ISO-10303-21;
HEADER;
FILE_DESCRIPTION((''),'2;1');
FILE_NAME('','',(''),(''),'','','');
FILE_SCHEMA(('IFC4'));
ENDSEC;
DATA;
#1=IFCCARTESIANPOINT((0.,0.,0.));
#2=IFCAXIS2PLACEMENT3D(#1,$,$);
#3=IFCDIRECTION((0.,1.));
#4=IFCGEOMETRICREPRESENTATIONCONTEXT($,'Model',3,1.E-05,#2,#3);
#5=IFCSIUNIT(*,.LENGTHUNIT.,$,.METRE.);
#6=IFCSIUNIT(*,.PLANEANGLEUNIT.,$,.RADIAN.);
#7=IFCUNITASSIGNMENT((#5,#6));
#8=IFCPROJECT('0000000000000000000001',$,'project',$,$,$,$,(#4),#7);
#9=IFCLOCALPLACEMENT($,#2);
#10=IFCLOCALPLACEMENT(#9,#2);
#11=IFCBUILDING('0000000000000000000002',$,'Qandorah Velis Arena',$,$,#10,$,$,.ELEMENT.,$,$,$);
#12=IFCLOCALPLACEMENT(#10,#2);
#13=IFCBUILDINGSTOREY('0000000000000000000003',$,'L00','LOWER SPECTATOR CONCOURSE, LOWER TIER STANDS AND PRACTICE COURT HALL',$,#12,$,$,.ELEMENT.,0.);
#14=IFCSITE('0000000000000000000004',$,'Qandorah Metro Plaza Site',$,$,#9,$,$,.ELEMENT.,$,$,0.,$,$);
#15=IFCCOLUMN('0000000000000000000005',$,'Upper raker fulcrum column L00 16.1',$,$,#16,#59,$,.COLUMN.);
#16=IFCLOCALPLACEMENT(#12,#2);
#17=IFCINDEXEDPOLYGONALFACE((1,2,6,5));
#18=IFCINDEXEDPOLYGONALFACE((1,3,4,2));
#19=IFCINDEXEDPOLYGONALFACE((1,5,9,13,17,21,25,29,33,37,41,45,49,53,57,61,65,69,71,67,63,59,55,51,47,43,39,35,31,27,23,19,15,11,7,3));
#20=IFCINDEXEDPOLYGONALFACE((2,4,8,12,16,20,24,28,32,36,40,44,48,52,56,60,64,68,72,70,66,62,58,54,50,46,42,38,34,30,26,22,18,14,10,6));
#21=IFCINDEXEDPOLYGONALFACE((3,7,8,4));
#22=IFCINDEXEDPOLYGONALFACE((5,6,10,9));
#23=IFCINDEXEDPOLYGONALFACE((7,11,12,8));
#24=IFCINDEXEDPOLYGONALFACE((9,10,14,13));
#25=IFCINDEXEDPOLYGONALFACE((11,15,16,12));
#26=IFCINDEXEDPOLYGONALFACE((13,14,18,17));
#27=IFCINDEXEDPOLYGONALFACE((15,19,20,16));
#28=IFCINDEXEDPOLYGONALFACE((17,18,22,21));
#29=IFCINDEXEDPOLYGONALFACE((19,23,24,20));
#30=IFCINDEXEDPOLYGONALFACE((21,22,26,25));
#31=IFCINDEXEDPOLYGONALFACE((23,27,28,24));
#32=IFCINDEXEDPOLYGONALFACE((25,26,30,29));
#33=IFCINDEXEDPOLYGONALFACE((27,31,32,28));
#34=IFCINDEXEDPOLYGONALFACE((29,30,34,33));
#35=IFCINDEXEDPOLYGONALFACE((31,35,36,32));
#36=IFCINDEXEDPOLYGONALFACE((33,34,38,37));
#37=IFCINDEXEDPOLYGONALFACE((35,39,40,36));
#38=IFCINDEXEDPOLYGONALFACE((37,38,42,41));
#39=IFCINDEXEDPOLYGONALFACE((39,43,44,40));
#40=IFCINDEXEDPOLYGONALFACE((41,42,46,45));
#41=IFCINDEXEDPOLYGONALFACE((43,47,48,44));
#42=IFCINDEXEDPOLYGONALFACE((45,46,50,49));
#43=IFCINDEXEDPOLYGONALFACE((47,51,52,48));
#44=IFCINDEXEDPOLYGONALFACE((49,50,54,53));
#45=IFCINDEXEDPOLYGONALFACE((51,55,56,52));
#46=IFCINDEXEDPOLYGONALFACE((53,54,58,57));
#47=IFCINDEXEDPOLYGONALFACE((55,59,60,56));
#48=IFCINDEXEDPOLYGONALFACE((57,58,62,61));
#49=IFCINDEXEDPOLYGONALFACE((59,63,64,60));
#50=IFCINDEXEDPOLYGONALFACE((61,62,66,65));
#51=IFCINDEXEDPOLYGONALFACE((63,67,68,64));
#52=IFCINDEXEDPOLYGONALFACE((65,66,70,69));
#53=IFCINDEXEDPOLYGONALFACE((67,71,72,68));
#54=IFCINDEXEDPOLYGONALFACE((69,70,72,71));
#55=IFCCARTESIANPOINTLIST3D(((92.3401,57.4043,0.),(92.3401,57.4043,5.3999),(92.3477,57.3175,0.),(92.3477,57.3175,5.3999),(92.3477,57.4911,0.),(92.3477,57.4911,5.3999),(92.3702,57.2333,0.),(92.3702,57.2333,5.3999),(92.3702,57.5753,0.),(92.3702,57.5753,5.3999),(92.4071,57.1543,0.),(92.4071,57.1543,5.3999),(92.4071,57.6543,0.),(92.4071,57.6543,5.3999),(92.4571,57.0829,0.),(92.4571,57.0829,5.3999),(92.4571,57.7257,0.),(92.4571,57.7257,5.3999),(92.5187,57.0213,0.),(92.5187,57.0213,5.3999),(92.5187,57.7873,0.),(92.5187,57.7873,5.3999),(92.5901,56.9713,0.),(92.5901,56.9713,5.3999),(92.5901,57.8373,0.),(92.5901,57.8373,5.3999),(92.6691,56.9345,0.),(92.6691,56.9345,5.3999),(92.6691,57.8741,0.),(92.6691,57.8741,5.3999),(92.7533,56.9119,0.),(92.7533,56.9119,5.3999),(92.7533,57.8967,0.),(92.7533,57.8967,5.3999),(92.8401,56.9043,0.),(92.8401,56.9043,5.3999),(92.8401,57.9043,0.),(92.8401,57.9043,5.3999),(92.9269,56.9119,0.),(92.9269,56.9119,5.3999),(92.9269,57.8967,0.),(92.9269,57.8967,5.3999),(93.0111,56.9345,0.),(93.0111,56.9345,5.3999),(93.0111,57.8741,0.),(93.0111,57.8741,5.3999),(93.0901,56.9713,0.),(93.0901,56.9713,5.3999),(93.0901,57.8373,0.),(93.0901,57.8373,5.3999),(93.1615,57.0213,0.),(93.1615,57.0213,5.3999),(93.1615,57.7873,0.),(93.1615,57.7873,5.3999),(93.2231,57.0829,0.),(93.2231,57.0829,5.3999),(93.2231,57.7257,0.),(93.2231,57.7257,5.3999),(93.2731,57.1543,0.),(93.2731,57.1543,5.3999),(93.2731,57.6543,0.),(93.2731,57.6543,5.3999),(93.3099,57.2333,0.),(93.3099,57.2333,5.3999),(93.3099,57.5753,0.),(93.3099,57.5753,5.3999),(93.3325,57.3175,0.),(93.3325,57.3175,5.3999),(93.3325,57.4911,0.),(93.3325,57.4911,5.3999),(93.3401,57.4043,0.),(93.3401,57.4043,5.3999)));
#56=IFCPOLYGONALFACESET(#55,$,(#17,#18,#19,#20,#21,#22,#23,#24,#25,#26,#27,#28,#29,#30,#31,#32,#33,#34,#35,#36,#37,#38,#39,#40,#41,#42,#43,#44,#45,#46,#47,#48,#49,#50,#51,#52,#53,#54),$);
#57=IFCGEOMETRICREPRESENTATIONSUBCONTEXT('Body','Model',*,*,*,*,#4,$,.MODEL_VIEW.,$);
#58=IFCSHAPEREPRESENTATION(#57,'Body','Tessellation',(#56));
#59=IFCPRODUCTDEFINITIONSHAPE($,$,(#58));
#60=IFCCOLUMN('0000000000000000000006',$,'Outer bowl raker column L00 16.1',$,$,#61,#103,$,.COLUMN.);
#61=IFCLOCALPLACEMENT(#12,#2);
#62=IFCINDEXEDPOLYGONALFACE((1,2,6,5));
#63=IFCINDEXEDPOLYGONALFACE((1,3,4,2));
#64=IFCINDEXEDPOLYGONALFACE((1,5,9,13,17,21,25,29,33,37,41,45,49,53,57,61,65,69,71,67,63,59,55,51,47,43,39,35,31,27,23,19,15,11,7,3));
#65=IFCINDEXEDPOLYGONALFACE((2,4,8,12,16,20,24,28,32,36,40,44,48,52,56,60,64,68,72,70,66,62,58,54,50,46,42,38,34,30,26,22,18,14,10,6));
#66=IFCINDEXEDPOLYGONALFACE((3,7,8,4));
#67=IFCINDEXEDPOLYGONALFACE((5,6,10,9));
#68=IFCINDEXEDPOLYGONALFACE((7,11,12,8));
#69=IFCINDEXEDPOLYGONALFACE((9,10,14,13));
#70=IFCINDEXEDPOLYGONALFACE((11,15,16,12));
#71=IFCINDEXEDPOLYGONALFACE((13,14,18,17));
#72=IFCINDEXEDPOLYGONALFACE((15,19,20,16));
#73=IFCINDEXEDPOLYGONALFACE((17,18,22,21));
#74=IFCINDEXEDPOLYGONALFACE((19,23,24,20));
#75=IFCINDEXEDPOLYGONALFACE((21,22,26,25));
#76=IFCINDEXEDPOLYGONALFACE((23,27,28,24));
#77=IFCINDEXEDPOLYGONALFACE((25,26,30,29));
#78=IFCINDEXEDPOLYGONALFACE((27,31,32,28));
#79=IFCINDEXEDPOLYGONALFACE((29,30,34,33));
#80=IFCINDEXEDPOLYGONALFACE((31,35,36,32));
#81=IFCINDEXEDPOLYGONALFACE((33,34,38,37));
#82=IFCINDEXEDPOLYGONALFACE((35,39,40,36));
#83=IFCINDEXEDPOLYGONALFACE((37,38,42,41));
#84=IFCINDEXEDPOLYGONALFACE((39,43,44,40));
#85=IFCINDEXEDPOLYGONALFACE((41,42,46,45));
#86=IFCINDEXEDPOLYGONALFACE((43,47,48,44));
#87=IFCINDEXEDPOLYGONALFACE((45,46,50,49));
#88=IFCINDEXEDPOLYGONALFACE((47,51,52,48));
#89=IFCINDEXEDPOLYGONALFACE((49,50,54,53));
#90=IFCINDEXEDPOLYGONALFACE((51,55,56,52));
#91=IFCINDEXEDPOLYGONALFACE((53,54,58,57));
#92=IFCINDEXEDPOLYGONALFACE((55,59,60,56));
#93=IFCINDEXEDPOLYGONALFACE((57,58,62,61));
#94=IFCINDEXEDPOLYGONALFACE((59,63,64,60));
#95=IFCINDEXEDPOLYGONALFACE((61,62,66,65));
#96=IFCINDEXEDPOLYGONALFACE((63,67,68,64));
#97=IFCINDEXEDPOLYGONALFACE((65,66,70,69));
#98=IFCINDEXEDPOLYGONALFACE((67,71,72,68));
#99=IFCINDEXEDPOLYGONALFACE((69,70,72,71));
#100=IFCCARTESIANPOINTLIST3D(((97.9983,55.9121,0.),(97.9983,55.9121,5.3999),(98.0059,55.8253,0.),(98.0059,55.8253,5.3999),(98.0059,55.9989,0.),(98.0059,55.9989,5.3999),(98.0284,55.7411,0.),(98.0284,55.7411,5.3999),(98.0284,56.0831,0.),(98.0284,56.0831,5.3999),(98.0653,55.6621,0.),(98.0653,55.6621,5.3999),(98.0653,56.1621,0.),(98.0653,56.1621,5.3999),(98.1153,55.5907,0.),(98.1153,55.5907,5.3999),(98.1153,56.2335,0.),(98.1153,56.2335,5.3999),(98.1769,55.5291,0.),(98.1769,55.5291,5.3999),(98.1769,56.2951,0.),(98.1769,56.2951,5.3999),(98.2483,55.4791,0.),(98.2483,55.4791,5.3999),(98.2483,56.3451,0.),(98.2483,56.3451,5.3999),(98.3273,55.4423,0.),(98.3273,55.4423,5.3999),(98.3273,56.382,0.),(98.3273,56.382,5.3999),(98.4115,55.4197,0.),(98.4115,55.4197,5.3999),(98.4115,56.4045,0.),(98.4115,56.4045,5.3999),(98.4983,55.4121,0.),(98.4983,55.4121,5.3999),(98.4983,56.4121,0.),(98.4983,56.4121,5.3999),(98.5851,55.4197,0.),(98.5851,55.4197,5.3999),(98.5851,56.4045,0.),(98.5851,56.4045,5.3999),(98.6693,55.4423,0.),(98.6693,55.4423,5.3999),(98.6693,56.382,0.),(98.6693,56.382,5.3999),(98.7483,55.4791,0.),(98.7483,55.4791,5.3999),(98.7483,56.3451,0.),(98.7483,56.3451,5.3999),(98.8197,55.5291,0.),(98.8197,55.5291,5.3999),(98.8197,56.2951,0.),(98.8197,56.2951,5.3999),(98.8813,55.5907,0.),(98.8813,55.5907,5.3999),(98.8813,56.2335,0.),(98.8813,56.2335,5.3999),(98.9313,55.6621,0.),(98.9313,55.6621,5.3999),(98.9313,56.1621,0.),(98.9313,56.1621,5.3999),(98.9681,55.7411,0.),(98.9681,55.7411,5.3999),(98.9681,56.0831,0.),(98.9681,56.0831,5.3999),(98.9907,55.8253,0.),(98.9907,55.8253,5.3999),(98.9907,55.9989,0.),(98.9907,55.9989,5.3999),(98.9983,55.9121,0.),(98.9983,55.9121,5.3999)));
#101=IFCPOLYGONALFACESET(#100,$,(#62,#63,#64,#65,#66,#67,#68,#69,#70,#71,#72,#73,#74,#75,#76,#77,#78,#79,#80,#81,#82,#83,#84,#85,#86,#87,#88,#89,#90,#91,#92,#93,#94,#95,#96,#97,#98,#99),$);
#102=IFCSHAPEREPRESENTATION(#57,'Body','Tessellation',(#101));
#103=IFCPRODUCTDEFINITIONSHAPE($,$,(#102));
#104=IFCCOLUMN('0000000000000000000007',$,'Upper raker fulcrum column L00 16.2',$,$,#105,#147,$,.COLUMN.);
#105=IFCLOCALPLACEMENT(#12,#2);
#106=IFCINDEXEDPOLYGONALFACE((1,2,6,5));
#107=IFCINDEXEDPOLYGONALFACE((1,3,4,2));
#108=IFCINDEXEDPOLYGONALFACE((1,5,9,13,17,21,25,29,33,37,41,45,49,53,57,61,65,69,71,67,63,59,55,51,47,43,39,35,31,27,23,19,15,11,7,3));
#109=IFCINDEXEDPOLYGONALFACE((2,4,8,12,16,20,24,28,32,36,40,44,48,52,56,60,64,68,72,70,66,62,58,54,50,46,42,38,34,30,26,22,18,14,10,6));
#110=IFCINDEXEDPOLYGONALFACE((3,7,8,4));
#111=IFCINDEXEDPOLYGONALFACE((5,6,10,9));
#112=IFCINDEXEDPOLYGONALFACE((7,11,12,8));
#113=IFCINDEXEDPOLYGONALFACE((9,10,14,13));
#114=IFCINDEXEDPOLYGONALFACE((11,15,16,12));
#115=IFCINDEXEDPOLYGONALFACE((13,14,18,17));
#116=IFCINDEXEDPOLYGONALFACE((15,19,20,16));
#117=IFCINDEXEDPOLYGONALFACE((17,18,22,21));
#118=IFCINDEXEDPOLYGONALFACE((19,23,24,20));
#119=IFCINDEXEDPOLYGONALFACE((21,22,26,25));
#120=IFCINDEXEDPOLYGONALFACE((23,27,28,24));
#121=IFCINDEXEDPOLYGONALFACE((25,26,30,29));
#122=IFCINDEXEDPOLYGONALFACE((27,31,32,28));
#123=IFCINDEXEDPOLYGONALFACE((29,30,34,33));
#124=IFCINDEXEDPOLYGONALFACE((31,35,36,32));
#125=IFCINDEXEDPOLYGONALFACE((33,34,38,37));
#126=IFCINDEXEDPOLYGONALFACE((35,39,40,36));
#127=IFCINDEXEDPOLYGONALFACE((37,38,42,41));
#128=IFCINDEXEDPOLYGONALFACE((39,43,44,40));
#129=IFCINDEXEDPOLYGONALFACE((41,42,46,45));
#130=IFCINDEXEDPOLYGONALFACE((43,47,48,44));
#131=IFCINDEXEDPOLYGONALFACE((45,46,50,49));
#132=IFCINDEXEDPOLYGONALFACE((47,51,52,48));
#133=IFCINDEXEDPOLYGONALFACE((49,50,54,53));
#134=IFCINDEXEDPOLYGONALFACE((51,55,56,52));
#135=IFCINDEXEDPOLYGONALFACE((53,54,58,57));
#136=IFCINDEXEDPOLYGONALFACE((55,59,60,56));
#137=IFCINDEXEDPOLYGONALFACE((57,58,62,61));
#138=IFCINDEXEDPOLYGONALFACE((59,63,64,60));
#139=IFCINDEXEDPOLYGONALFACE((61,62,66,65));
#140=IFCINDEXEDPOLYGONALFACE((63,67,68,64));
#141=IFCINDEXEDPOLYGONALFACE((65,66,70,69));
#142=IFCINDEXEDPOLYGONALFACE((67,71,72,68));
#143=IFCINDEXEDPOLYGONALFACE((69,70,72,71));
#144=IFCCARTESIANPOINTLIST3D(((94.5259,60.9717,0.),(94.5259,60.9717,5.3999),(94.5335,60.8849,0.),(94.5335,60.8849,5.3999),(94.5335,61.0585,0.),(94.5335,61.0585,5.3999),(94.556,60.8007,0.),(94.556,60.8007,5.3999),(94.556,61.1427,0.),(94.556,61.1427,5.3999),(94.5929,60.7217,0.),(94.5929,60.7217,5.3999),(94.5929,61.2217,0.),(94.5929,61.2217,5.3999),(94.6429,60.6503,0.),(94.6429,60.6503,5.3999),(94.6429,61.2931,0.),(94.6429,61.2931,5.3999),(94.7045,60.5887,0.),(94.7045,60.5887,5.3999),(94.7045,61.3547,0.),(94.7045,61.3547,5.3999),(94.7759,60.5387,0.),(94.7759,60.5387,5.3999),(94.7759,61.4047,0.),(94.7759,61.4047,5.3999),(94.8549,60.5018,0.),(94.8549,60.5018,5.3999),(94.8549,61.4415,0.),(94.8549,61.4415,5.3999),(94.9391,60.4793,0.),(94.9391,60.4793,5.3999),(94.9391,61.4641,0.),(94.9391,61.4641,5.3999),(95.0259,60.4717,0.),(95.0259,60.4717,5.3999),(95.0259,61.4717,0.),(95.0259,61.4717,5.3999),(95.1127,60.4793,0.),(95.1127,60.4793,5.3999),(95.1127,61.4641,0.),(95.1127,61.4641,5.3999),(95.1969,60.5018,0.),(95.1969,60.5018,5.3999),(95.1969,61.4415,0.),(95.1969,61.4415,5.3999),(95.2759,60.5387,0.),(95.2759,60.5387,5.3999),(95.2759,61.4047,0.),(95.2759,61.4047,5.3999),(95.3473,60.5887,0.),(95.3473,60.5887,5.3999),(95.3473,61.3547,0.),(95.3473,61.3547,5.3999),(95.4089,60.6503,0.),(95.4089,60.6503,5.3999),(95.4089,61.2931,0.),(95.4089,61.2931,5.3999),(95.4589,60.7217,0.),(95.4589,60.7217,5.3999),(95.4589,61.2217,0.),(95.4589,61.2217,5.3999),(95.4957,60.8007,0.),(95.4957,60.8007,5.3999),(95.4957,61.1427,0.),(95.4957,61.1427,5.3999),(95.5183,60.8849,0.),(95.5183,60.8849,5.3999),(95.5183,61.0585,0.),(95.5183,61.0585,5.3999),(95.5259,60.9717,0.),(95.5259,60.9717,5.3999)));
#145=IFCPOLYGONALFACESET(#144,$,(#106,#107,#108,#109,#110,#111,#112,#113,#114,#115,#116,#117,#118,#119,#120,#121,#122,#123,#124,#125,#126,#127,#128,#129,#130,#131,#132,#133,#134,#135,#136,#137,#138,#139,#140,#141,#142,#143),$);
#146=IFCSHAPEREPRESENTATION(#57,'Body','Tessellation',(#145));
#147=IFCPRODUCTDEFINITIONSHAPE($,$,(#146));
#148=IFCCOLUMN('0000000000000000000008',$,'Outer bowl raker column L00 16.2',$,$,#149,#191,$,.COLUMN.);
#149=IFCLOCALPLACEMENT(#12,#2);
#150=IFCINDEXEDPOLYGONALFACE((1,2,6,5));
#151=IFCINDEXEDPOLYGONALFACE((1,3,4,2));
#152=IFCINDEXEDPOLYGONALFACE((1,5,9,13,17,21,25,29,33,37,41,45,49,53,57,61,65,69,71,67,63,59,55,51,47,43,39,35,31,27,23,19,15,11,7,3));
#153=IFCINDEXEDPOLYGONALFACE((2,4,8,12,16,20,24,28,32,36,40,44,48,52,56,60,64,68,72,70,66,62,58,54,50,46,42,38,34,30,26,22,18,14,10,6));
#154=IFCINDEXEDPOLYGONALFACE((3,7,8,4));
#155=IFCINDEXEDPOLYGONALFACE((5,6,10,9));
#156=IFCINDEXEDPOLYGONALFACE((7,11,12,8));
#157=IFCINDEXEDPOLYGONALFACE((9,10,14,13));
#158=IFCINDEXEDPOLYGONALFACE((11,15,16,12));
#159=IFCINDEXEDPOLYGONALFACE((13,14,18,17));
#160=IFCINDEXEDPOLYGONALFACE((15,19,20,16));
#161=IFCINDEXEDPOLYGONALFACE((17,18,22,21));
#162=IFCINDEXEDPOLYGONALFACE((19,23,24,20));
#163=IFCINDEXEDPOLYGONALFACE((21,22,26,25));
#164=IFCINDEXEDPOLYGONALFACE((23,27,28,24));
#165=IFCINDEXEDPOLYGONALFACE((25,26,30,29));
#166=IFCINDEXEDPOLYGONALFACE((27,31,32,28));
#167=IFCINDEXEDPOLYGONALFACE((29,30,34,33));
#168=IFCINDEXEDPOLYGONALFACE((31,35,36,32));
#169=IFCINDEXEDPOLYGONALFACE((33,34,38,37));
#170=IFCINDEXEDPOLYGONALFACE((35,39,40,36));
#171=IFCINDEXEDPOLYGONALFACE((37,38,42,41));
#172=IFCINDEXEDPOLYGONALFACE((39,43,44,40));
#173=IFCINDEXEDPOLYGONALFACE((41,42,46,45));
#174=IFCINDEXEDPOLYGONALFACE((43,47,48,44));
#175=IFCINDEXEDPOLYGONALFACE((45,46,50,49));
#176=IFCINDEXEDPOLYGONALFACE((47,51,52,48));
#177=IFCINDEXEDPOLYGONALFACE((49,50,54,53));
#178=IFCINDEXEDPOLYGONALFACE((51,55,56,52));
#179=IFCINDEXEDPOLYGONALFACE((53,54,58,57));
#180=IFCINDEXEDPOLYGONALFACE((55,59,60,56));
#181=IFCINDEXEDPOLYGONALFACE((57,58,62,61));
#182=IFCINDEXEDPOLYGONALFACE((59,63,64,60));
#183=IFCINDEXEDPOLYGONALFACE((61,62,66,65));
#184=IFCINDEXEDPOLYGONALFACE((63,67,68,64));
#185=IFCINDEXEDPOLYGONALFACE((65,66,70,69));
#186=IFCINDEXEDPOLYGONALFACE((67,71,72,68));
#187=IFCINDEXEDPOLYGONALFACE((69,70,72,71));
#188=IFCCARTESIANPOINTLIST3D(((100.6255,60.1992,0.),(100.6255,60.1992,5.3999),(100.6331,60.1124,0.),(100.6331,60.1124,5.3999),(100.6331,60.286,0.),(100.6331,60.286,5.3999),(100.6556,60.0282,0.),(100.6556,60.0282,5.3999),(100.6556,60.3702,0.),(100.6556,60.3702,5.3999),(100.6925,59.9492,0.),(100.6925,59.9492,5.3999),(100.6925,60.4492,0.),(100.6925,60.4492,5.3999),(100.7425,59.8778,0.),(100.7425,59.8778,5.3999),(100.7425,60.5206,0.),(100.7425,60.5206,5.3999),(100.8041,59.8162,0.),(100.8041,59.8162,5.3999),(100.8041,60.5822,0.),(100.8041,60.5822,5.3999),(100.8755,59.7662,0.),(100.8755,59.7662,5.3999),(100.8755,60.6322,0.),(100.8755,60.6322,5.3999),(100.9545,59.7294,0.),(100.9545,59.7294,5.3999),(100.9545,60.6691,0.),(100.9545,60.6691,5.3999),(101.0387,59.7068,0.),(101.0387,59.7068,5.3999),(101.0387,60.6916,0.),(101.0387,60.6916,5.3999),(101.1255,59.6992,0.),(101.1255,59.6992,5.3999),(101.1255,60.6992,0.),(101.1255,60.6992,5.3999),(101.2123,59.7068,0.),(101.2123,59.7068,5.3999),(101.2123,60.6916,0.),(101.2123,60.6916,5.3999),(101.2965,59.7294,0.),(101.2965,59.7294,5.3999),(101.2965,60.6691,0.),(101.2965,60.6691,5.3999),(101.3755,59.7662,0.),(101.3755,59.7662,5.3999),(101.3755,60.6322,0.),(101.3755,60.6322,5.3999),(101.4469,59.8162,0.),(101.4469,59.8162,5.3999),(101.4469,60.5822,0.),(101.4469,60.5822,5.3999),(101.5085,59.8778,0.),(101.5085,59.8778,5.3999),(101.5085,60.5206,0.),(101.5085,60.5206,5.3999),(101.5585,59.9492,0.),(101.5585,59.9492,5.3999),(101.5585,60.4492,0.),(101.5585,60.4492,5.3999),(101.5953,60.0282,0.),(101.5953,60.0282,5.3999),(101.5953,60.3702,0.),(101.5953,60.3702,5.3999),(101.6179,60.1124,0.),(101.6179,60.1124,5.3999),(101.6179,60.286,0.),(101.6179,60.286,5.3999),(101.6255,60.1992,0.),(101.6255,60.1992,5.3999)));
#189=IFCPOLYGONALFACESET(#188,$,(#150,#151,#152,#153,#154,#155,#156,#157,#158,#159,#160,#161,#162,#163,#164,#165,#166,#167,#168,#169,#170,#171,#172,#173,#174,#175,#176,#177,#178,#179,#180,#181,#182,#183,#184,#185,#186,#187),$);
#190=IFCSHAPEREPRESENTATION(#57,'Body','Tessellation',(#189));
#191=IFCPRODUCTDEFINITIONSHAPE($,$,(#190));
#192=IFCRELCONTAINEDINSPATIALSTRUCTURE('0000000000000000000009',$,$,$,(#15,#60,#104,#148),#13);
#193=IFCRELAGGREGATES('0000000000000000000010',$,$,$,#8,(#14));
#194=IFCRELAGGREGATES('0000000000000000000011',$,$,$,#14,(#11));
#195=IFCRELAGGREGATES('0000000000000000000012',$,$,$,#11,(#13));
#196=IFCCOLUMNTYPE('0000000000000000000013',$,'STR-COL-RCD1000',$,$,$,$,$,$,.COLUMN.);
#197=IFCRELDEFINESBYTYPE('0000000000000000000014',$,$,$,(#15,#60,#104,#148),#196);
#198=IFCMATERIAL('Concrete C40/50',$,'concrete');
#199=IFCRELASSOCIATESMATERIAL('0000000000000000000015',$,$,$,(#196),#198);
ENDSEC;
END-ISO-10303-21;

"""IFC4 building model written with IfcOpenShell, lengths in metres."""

from ifc_helpers import new_model, si_unit, direction, frame, origin, origin_2d, place, context, subcontext, project, spatial, circle, extrude, material, material_profile, profile_set, type_object, element, save


model = new_model("IFC4")

# Units and contexts
model_context = context("Model", 3, precision=1e-05, world=origin(), true_north=direction((0.0, 1.0)))
body_context = subcontext(model_context, "Body", "Model", "MODEL_VIEW")
ifc_project = project(units=[si_unit("LENGTHUNIT", "METRE"), si_unit("PLANEANGLEUNIT", "RADIAN")], contexts=[model_context])

# Site, building, storey
site_placement = place(None, origin())
site = spatial("IfcSite", under=ifc_project, at=site_placement, Name="Qandorah Metro Plaza Site", CompositionType="ELEMENT", RefElevation=0.0)
building_placement = place(site_placement, origin())
building = spatial("IfcBuilding", under=site, at=building_placement, Name="Qandorah Velis Arena", CompositionType="ELEMENT")
storey_placement = place(building_placement, origin())
storey = spatial("IfcBuildingStorey", under=building, at=storey_placement, Name="L00", Description="LOWER SPECTATOR CONCOURSE, LOWER TIER STANDS AND PRACTICE COURT HALL", CompositionType="ELEMENT", Elevation=0.0)

# Columns
ifc_material_1 = material(Name="Concrete C40/50", Category="concrete")
ifc_material_profile_1 = material_profile(ifc_material_1, circle(Radius=0.5, at=origin_2d()), Name="RC D1000")
ifc_profile_set_1 = profile_set([ifc_material_profile_1], Name="Concrete C40/50")
column_type_1 = type_object("IfcColumnType", Name="STR-COL-RCD1000", PredefinedType="COLUMN", material=ifc_profile_set_1)
for number, where, z_axis, x_axis, name in (
    (1, (92.8401, 57.4043, 0.0), (0.0, 0.0, 1.0), (1.0, 0.0, 0.0), "Upper raker fulcrum column L00 16.1"),
    (2, (98.4983, 55.9121, 0.0), (0.0, 0.0, 1.0), (1.0, 0.0, 0.0), "Outer bowl raker column L00 16.1"),
    (3, (95.0259, 60.9717, 0.0), (0.0, 0.0, 1.0), (1.0, 0.0, 0.0), "Upper raker fulcrum column L00 16.2"),
    (4, (101.1255, 60.1992, 0.0), (0.0, 0.0, 1.0), (1.0, 0.0, 0.0), "Outer bowl raker column L00 16.2"),
):
    element("IfcColumn", number, at=place(storey_placement, frame(where, z_axis=z_axis, x_axis=x_axis)), inside=storey, type_object=column_type_1, Name=name, PredefinedType="COLUMN", context=body_context, shape_type="SweptSolid", body=[
        extrude(circle(Radius=0.5, at=origin_2d()), origin(), (0.0, 0.0, 1.0), 5.3999),
    ])

save(model, "model.ifc")
